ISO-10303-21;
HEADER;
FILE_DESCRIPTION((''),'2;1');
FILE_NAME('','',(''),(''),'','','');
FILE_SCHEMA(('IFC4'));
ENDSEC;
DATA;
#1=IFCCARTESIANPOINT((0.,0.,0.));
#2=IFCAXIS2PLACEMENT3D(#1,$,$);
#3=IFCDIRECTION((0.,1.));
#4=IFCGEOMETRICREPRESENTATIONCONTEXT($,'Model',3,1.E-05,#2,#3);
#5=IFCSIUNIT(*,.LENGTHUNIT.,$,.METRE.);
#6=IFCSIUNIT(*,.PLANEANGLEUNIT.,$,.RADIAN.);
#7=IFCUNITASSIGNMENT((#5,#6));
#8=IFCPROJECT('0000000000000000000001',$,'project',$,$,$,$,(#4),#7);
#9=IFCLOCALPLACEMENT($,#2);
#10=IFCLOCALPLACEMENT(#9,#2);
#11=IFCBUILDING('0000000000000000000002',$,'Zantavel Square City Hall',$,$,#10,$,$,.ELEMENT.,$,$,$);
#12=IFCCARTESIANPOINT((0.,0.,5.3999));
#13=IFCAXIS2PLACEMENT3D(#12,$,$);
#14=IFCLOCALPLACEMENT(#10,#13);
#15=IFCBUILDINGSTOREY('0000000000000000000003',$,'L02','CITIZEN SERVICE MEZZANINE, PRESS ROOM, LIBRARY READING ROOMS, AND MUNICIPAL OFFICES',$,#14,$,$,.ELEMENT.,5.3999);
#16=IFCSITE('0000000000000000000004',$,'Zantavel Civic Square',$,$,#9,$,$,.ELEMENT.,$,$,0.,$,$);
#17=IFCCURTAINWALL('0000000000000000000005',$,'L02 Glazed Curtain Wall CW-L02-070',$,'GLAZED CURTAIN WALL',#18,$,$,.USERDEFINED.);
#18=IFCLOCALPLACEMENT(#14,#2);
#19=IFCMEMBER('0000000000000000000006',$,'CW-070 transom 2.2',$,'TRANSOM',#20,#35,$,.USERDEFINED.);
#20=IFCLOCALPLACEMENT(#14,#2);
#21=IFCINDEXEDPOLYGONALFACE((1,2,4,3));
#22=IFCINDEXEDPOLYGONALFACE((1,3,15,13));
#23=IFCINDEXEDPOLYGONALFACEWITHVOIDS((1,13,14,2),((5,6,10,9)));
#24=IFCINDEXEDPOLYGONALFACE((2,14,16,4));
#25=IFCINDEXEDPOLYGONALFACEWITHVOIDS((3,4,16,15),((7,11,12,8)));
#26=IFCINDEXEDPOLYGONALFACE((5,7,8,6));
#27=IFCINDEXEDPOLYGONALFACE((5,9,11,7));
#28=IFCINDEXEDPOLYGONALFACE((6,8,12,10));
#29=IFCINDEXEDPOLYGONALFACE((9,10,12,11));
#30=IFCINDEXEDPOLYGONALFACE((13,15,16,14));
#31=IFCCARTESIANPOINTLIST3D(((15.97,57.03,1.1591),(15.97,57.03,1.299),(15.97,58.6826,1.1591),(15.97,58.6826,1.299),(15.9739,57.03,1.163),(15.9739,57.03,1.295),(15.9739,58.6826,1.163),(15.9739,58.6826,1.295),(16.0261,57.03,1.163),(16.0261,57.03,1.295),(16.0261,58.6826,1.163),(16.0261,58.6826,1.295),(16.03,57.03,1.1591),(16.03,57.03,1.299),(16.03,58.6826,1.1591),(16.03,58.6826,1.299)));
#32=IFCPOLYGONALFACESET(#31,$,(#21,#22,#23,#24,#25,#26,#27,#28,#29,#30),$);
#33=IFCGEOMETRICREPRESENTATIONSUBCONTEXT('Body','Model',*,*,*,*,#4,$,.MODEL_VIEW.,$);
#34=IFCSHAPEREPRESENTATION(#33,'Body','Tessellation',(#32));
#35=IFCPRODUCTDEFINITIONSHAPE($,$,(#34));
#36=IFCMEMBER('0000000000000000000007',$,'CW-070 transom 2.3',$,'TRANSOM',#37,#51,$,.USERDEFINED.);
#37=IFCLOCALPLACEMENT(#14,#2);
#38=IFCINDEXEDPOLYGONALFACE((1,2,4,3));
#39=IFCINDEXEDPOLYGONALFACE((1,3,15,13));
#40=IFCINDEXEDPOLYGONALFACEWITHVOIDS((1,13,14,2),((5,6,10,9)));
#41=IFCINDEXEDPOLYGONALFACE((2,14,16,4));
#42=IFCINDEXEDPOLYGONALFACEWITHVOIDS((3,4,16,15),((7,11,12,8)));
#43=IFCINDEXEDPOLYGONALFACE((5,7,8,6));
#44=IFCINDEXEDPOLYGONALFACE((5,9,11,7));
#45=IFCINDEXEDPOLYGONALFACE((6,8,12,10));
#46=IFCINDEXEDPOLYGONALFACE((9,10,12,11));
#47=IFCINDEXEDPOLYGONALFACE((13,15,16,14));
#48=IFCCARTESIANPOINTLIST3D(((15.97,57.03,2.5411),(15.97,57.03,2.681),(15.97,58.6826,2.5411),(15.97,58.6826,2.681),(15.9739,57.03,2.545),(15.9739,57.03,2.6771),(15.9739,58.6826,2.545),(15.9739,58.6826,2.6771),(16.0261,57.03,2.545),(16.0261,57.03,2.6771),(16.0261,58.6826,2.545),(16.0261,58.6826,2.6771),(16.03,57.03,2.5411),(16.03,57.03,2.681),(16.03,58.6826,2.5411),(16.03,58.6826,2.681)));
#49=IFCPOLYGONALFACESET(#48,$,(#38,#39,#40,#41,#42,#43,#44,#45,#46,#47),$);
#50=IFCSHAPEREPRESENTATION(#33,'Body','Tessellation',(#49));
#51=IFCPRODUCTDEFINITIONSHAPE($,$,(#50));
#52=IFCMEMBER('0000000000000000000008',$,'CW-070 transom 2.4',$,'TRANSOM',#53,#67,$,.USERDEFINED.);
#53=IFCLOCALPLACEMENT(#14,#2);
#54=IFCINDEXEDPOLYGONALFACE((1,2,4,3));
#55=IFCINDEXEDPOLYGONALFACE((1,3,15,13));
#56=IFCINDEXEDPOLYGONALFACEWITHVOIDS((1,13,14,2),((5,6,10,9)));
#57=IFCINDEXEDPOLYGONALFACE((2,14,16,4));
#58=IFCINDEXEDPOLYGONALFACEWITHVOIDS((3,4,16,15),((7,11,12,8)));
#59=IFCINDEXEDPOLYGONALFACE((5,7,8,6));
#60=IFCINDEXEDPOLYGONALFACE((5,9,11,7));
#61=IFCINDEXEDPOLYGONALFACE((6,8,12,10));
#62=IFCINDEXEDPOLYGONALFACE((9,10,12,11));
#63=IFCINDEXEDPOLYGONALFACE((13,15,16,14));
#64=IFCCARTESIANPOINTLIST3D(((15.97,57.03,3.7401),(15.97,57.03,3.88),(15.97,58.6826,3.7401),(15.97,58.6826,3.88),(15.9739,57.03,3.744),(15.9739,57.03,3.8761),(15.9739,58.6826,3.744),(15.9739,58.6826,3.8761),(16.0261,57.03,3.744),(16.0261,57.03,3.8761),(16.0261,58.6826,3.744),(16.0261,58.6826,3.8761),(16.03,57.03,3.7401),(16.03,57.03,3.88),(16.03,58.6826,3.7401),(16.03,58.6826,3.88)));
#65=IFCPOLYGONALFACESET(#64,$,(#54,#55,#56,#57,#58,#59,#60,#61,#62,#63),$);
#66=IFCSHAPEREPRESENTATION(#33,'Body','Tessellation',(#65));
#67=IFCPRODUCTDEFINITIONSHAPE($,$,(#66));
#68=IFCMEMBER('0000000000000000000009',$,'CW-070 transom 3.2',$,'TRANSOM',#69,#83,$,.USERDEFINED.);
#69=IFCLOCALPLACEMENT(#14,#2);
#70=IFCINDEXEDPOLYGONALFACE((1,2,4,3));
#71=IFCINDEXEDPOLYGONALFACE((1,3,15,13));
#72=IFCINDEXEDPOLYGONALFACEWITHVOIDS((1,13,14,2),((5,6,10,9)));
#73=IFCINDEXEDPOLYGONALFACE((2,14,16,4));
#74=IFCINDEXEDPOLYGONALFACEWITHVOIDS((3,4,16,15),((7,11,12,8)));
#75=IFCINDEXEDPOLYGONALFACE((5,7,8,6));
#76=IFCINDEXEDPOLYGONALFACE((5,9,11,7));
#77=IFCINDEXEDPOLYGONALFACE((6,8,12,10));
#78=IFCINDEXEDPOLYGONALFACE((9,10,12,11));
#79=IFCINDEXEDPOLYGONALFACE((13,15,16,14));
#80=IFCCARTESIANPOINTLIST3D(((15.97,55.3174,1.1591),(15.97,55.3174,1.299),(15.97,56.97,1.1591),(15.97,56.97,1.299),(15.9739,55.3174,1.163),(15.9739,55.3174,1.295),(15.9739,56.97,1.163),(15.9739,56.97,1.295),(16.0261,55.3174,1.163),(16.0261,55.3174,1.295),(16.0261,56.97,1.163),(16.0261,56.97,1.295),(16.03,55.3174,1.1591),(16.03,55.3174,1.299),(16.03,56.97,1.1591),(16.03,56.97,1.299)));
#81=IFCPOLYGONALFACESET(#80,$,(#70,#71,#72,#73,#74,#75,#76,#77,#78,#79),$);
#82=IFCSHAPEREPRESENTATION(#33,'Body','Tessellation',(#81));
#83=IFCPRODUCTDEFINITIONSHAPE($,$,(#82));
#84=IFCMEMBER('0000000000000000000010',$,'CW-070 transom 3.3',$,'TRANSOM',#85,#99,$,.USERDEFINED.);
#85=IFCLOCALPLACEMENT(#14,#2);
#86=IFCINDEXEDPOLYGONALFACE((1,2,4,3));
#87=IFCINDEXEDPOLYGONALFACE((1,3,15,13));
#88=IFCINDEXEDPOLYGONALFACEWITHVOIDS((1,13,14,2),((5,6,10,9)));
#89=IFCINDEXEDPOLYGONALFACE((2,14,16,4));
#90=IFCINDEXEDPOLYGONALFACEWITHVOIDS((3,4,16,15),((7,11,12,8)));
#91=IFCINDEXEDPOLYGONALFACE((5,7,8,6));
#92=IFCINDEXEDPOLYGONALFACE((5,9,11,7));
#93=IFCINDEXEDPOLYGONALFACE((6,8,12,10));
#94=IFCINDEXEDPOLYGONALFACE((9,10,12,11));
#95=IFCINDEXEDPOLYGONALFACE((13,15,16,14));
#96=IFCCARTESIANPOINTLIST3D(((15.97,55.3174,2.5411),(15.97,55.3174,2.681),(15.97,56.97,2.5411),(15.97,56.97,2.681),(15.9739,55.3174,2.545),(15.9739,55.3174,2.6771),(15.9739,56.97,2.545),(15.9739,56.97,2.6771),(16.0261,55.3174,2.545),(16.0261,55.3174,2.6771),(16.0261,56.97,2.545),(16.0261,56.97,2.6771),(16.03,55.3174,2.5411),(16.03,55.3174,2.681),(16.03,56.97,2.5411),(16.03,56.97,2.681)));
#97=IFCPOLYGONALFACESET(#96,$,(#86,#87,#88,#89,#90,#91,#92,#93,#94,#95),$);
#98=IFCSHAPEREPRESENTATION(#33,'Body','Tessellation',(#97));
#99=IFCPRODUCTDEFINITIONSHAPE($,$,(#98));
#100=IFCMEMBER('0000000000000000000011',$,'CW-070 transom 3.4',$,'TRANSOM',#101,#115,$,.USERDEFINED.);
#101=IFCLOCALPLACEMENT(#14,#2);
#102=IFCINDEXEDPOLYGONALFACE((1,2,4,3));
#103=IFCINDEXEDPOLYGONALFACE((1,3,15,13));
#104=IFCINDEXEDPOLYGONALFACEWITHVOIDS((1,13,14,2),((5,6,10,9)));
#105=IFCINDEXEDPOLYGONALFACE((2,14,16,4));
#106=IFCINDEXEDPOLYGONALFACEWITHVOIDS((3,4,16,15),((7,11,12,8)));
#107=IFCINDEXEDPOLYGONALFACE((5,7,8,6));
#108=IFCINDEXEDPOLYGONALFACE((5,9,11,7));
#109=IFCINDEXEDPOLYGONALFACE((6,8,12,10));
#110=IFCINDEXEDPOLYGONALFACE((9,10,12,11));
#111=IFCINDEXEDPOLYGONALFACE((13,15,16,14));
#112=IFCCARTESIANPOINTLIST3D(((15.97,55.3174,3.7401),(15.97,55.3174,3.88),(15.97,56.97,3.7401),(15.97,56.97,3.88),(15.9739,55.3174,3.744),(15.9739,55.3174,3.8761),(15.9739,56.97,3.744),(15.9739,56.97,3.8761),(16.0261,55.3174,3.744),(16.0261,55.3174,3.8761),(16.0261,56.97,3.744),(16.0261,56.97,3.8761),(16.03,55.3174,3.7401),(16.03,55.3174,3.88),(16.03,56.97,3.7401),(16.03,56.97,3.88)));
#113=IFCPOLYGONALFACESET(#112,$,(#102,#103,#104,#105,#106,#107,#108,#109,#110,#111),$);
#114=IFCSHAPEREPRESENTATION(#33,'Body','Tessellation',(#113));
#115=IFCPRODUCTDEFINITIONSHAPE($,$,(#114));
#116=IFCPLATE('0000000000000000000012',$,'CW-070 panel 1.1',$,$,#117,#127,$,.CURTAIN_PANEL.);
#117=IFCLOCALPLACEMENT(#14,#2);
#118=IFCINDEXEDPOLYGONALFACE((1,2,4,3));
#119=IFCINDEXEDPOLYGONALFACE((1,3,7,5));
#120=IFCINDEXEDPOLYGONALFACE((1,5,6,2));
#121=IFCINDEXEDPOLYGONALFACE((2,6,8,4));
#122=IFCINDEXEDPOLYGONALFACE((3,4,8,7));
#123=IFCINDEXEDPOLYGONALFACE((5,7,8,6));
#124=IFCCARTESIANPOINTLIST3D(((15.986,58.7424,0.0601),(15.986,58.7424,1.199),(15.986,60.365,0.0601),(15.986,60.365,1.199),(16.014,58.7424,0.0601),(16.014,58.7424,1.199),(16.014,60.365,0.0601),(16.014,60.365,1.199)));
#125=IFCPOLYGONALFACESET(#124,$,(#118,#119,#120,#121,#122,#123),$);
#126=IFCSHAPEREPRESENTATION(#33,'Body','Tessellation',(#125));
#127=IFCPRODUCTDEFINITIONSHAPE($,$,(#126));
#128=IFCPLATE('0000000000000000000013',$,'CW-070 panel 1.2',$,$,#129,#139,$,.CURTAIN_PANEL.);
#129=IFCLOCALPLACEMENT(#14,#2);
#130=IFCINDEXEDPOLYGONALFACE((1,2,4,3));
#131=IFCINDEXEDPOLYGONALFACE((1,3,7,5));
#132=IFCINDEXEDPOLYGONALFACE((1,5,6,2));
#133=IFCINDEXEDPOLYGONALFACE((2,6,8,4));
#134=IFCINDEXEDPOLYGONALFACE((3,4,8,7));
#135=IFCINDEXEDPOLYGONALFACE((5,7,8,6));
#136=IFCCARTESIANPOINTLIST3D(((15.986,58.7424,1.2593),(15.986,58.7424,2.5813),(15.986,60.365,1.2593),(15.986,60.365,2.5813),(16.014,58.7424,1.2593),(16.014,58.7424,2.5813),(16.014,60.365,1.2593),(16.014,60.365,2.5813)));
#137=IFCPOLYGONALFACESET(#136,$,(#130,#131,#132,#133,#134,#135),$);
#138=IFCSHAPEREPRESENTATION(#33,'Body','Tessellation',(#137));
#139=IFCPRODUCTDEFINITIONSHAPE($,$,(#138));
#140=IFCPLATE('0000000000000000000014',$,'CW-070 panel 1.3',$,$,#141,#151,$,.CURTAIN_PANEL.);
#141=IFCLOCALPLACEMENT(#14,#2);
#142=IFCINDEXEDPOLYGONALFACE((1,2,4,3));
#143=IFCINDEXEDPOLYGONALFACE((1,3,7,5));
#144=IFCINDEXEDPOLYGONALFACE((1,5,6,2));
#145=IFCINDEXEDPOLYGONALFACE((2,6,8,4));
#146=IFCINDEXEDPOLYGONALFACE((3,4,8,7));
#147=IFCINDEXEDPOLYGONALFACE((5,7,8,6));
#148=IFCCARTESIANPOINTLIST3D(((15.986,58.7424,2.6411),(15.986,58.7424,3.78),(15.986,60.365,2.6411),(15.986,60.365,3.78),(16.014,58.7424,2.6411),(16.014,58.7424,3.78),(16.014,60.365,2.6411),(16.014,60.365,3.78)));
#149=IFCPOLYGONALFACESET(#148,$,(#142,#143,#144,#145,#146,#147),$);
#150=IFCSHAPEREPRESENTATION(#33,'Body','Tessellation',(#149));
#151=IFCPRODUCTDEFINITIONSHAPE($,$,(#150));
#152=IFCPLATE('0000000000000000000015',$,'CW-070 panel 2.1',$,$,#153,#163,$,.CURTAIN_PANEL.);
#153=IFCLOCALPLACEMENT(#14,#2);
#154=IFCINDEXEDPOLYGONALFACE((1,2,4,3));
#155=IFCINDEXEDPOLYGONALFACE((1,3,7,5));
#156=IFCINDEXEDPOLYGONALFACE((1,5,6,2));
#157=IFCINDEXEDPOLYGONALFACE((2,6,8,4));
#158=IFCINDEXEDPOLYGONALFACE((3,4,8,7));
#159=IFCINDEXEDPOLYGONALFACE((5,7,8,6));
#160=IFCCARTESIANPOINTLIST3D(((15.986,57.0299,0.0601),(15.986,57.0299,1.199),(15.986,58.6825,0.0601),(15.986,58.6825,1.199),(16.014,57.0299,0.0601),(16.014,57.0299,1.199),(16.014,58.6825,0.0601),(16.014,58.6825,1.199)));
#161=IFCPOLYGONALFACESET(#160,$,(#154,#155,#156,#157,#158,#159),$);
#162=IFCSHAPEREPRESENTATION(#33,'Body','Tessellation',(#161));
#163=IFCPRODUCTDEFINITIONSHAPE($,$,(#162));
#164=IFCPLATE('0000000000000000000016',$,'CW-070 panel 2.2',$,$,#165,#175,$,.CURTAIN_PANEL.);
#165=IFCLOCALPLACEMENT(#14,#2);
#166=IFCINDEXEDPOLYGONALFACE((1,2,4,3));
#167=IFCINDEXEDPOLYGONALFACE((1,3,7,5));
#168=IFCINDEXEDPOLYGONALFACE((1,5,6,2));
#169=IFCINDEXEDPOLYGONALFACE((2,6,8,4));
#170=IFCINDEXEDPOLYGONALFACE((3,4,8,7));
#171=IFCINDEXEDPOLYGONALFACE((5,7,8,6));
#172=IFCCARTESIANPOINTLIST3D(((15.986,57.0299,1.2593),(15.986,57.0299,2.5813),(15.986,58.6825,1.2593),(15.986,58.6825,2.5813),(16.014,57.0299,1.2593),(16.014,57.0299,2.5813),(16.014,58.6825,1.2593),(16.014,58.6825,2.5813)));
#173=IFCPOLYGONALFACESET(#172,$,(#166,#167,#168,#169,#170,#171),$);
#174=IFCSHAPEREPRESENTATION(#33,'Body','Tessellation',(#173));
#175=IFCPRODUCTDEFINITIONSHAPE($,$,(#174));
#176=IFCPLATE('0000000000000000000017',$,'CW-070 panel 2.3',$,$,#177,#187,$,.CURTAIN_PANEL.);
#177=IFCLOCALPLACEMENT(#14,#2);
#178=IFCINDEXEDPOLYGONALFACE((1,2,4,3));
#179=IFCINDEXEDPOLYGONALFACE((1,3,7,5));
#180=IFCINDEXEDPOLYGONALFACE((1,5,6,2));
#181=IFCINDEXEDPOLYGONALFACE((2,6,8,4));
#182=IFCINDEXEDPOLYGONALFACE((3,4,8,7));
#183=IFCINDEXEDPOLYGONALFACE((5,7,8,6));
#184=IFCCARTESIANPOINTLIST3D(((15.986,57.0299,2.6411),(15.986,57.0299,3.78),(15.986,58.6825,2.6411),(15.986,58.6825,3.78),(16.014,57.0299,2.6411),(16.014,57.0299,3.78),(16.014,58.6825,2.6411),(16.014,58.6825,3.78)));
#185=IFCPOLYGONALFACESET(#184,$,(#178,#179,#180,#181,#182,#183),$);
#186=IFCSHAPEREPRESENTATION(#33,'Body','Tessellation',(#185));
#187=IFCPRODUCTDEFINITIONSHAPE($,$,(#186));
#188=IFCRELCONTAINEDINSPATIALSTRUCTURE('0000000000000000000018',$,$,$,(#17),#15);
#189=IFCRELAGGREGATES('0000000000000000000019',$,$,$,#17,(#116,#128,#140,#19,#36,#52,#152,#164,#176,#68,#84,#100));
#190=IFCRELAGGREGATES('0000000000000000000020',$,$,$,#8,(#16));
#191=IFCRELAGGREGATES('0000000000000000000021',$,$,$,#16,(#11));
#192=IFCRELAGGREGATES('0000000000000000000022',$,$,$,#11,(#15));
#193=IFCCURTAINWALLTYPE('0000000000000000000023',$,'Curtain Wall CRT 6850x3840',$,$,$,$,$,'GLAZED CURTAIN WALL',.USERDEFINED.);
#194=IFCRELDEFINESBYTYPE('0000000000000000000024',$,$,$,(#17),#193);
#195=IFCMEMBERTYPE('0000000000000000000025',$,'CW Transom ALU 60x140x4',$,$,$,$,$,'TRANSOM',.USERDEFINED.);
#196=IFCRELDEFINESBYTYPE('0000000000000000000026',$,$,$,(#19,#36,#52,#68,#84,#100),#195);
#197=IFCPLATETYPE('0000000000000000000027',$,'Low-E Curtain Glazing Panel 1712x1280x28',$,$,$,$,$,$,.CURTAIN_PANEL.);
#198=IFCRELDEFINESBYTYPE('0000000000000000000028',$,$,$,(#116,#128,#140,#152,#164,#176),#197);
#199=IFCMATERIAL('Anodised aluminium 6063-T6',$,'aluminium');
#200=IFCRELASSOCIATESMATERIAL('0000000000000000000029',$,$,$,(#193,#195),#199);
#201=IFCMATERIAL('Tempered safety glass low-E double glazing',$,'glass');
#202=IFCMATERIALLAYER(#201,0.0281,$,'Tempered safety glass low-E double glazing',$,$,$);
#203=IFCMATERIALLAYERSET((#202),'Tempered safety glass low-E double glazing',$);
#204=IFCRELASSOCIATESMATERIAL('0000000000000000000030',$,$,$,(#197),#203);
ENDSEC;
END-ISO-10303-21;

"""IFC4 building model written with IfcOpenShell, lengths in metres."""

from ifc_helpers import new_model, si_unit, direction, frame, origin, origin_2d, place, context, subcontext, project, spatial, rectangle, hollow_rectangle, extrude, material, layer, layer_set, material_profile, profile_set, type_object, element, aggregate, save


model = new_model("IFC4")

# Units and contexts
model_context = context("Model", 3, precision=1e-05, world=origin(), true_north=direction((0.0, 1.0)))
body_context = subcontext(model_context, "Body", "Model", "MODEL_VIEW")
ifc_project = project(units=[si_unit("LENGTHUNIT", "METRE"), si_unit("PLANEANGLEUNIT", "RADIAN")], contexts=[model_context])

# Site, building, storey
site_placement = place(None, origin())
site = spatial("IfcSite", under=ifc_project, at=site_placement, Name="Zantavel Civic Square", CompositionType="ELEMENT", RefElevation=0.0)
building_placement = place(site_placement, origin())
building = spatial("IfcBuilding", under=site, at=building_placement, Name="Zantavel Square City Hall", CompositionType="ELEMENT")
storey_placement = place(building_placement, frame((0.0, 0.0, 5.3999)))
storey = spatial("IfcBuildingStorey", under=building, at=storey_placement, Name="L02", Description="CITIZEN SERVICE MEZZANINE, PRESS ROOM, LIBRARY READING ROOMS, AND MUNICIPAL OFFICES", CompositionType="ELEMENT", Elevation=5.3999)

# Curtain wall, members, plates
ifc_material_1 = material(Name="Anodised aluminium 6063-T6", Category="aluminium")
curtain_wall_type = type_object("IfcCurtainWallType", Name="Curtain Wall CRT 6850x3840", ElementType="GLAZED CURTAIN WALL", PredefinedType="USERDEFINED", material=ifc_material_1)
curtain_wall_placement = place(storey_placement, origin())
curtain_wall = element("IfcCurtainWall", 1, at=curtain_wall_placement, inside=storey, type_object=curtain_wall_type, Name="L02 Glazed Curtain Wall CW-L02-070", ObjectType="GLAZED CURTAIN WALL", PredefinedType="USERDEFINED")
ifc_material_profile_1 = material_profile(ifc_material_1, hollow_rectangle(XDim=0.0601, YDim=0.1399, WallThickness=0.0039, at=origin_2d()), Name="ALU 60x140x4")
ifc_profile_set_1 = profile_set([ifc_material_profile_1], Name="Anodised aluminium 6063-T6")
member_type_1 = type_object("IfcMemberType", Name="CW Transom ALU 60x140x4", ElementType="TRANSOM", PredefinedType="USERDEFINED", material=ifc_profile_set_1)
member_1_placement = place(storey_placement, frame((16.0, 58.6826, 1.229), z_axis=(0.0, -1.0, 0.0), x_axis=(1.0, 0.0, 0.0)))
member_1 = element("IfcMember", 2, at=member_1_placement, type_object=member_type_1, Name="CW-070 transom 2.2", ObjectType="TRANSOM", PredefinedType="USERDEFINED", context=body_context, shape_type="SweptSolid", body=[
    extrude(hollow_rectangle(XDim=0.0601, YDim=0.1399, WallThickness=0.0039, at=origin_2d()), origin(), (0.0, 0.0, 1.0), 1.6526),
])
member_2_placement = place(storey_placement, frame((16.0, 58.6826, 2.6111), z_axis=(0.0, -1.0, 0.0), x_axis=(1.0, 0.0, 0.0)))
member_2 = element("IfcMember", 3, at=member_2_placement, type_object=member_type_1, Name="CW-070 transom 2.3", ObjectType="TRANSOM", PredefinedType="USERDEFINED", context=body_context, shape_type="SweptSolid", body=[
    extrude(hollow_rectangle(XDim=0.0601, YDim=0.1399, WallThickness=0.0039, at=origin_2d()), origin(), (0.0, 0.0, 1.0), 1.6526),
])
member_3_placement = place(storey_placement, frame((16.0, 58.6826, 3.8101), z_axis=(0.0, -1.0, 0.0), x_axis=(1.0, 0.0, 0.0)))
member_3 = element("IfcMember", 4, at=member_3_placement, type_object=member_type_1, Name="CW-070 transom 2.4", ObjectType="TRANSOM", PredefinedType="USERDEFINED", context=body_context, shape_type="SweptSolid", body=[
    extrude(hollow_rectangle(XDim=0.0601, YDim=0.1399, WallThickness=0.0039, at=origin_2d()), origin(), (0.0, 0.0, 1.0), 1.6526),
])
member_4_placement = place(storey_placement, frame((16.0, 56.97, 1.229), z_axis=(0.0, -1.0, 0.0), x_axis=(1.0, 0.0, 0.0)))
member_4 = element("IfcMember", 5, at=member_4_placement, type_object=member_type_1, Name="CW-070 transom 3.2", ObjectType="TRANSOM", PredefinedType="USERDEFINED", context=body_context, shape_type="SweptSolid", body=[
    extrude(hollow_rectangle(XDim=0.0601, YDim=0.1399, WallThickness=0.0039, at=origin_2d()), origin(), (0.0, 0.0, 1.0), 1.6526),
])
member_5_placement = place(storey_placement, frame((16.0, 56.97, 2.6111), z_axis=(0.0, -1.0, 0.0), x_axis=(1.0, 0.0, 0.0)))
member_5 = element("IfcMember", 6, at=member_5_placement, type_object=member_type_1, Name="CW-070 transom 3.3", ObjectType="TRANSOM", PredefinedType="USERDEFINED", context=body_context, shape_type="SweptSolid", body=[
    extrude(hollow_rectangle(XDim=0.0601, YDim=0.1399, WallThickness=0.0039, at=origin_2d()), origin(), (0.0, 0.0, 1.0), 1.6526),
])
member_6_placement = place(storey_placement, frame((16.0, 56.97, 3.8101), z_axis=(0.0, -1.0, 0.0), x_axis=(1.0, 0.0, 0.0)))
member_6 = element("IfcMember", 7, at=member_6_placement, type_object=member_type_1, Name="CW-070 transom 3.4", ObjectType="TRANSOM", PredefinedType="USERDEFINED", context=body_context, shape_type="SweptSolid", body=[
    extrude(hollow_rectangle(XDim=0.0601, YDim=0.1399, WallThickness=0.0039, at=origin_2d()), origin(), (0.0, 0.0, 1.0), 1.6526),
])
ifc_material_2 = material(Name="Tempered safety glass low-E double glazing", Category="glass")
ifc_layer = layer(ifc_material_2, 0.0281, Name="Tempered safety glass low-E double glazing")
ifc_layer_set = layer_set([ifc_layer], Name="Tempered safety glass low-E double glazing")
plate_type = type_object("IfcPlateType", Name="Low-E Curtain Glazing Panel 1712x1280x28", PredefinedType="CURTAIN_PANEL", material=ifc_layer_set)
plate_1_placement = place(storey_placement, frame((16.0, 59.5537, 0.0601), z_axis=(0.0, 0.0, 1.0), x_axis=(0.0, -1.0, 0.0)))
plate_1 = element("IfcPlate", 8, at=plate_1_placement, type_object=plate_type, Name="CW-070 panel 1.1", PredefinedType="CURTAIN_PANEL", context=body_context, shape_type="SweptSolid", body=[
    extrude(rectangle(XDim=1.6226, YDim=0.0281, at=origin_2d()), origin(), (0.0, 0.0, 1.0), 1.1389),
])
plate_2_placement = place(storey_placement, frame((16.0, 59.5537, 1.2593), z_axis=(0.0, 0.0, 1.0), x_axis=(0.0, -1.0, 0.0)))
plate_2 = element("IfcPlate", 9, at=plate_2_placement, type_object=plate_type, Name="CW-070 panel 1.2", PredefinedType="CURTAIN_PANEL", context=body_context, shape_type="SweptSolid", body=[
    extrude(rectangle(XDim=1.6226, YDim=0.0281, at=origin_2d()), origin(), (0.0, 0.0, 1.0), 1.322),
])
plate_3_placement = place(storey_placement, frame((16.0, 59.5537, 2.6411), z_axis=(0.0, 0.0, 1.0), x_axis=(0.0, -1.0, 0.0)))
plate_3 = element("IfcPlate", 10, at=plate_3_placement, type_object=plate_type, Name="CW-070 panel 1.3", PredefinedType="CURTAIN_PANEL", context=body_context, shape_type="SweptSolid", body=[
    extrude(rectangle(XDim=1.6226, YDim=0.0281, at=origin_2d()), origin(), (0.0, 0.0, 1.0), 1.1389),
])
plate_4_placement = place(storey_placement, frame((16.0, 57.8562, 0.0601), z_axis=(0.0, 0.0, 1.0), x_axis=(0.0, -1.0, 0.0)))
plate_4 = element("IfcPlate", 11, at=plate_4_placement, type_object=plate_type, Name="CW-070 panel 2.1", PredefinedType="CURTAIN_PANEL", context=body_context, shape_type="SweptSolid", body=[
    extrude(rectangle(XDim=1.6526, YDim=0.0281, at=origin_2d()), origin(), (0.0, 0.0, 1.0), 1.1389),
])
plate_5_placement = place(storey_placement, frame((16.0, 57.8562, 1.2593), z_axis=(0.0, 0.0, 1.0), x_axis=(0.0, -1.0, 0.0)))
plate_5 = element("IfcPlate", 12, at=plate_5_placement, type_object=plate_type, Name="CW-070 panel 2.2", PredefinedType="CURTAIN_PANEL", context=body_context, shape_type="SweptSolid", body=[
    extrude(rectangle(XDim=1.6526, YDim=0.0281, at=origin_2d()), origin(), (0.0, 0.0, 1.0), 1.322),
])
plate_6_placement = place(storey_placement, frame((16.0, 57.8562, 2.6411), z_axis=(0.0, 0.0, 1.0), x_axis=(0.0, -1.0, 0.0)))
plate_6 = element("IfcPlate", 13, at=plate_6_placement, type_object=plate_type, Name="CW-070 panel 2.3", PredefinedType="CURTAIN_PANEL", context=body_context, shape_type="SweptSolid", body=[
    extrude(rectangle(XDim=1.6526, YDim=0.0281, at=origin_2d()), origin(), (0.0, 0.0, 1.0), 1.1389),
])
aggregate(curtain_wall, [plate_1, plate_2, plate_3, member_1, member_2, member_3, plate_4, plate_5, plate_6, member_4, member_5, member_6])

save(model, "model.ifc")
